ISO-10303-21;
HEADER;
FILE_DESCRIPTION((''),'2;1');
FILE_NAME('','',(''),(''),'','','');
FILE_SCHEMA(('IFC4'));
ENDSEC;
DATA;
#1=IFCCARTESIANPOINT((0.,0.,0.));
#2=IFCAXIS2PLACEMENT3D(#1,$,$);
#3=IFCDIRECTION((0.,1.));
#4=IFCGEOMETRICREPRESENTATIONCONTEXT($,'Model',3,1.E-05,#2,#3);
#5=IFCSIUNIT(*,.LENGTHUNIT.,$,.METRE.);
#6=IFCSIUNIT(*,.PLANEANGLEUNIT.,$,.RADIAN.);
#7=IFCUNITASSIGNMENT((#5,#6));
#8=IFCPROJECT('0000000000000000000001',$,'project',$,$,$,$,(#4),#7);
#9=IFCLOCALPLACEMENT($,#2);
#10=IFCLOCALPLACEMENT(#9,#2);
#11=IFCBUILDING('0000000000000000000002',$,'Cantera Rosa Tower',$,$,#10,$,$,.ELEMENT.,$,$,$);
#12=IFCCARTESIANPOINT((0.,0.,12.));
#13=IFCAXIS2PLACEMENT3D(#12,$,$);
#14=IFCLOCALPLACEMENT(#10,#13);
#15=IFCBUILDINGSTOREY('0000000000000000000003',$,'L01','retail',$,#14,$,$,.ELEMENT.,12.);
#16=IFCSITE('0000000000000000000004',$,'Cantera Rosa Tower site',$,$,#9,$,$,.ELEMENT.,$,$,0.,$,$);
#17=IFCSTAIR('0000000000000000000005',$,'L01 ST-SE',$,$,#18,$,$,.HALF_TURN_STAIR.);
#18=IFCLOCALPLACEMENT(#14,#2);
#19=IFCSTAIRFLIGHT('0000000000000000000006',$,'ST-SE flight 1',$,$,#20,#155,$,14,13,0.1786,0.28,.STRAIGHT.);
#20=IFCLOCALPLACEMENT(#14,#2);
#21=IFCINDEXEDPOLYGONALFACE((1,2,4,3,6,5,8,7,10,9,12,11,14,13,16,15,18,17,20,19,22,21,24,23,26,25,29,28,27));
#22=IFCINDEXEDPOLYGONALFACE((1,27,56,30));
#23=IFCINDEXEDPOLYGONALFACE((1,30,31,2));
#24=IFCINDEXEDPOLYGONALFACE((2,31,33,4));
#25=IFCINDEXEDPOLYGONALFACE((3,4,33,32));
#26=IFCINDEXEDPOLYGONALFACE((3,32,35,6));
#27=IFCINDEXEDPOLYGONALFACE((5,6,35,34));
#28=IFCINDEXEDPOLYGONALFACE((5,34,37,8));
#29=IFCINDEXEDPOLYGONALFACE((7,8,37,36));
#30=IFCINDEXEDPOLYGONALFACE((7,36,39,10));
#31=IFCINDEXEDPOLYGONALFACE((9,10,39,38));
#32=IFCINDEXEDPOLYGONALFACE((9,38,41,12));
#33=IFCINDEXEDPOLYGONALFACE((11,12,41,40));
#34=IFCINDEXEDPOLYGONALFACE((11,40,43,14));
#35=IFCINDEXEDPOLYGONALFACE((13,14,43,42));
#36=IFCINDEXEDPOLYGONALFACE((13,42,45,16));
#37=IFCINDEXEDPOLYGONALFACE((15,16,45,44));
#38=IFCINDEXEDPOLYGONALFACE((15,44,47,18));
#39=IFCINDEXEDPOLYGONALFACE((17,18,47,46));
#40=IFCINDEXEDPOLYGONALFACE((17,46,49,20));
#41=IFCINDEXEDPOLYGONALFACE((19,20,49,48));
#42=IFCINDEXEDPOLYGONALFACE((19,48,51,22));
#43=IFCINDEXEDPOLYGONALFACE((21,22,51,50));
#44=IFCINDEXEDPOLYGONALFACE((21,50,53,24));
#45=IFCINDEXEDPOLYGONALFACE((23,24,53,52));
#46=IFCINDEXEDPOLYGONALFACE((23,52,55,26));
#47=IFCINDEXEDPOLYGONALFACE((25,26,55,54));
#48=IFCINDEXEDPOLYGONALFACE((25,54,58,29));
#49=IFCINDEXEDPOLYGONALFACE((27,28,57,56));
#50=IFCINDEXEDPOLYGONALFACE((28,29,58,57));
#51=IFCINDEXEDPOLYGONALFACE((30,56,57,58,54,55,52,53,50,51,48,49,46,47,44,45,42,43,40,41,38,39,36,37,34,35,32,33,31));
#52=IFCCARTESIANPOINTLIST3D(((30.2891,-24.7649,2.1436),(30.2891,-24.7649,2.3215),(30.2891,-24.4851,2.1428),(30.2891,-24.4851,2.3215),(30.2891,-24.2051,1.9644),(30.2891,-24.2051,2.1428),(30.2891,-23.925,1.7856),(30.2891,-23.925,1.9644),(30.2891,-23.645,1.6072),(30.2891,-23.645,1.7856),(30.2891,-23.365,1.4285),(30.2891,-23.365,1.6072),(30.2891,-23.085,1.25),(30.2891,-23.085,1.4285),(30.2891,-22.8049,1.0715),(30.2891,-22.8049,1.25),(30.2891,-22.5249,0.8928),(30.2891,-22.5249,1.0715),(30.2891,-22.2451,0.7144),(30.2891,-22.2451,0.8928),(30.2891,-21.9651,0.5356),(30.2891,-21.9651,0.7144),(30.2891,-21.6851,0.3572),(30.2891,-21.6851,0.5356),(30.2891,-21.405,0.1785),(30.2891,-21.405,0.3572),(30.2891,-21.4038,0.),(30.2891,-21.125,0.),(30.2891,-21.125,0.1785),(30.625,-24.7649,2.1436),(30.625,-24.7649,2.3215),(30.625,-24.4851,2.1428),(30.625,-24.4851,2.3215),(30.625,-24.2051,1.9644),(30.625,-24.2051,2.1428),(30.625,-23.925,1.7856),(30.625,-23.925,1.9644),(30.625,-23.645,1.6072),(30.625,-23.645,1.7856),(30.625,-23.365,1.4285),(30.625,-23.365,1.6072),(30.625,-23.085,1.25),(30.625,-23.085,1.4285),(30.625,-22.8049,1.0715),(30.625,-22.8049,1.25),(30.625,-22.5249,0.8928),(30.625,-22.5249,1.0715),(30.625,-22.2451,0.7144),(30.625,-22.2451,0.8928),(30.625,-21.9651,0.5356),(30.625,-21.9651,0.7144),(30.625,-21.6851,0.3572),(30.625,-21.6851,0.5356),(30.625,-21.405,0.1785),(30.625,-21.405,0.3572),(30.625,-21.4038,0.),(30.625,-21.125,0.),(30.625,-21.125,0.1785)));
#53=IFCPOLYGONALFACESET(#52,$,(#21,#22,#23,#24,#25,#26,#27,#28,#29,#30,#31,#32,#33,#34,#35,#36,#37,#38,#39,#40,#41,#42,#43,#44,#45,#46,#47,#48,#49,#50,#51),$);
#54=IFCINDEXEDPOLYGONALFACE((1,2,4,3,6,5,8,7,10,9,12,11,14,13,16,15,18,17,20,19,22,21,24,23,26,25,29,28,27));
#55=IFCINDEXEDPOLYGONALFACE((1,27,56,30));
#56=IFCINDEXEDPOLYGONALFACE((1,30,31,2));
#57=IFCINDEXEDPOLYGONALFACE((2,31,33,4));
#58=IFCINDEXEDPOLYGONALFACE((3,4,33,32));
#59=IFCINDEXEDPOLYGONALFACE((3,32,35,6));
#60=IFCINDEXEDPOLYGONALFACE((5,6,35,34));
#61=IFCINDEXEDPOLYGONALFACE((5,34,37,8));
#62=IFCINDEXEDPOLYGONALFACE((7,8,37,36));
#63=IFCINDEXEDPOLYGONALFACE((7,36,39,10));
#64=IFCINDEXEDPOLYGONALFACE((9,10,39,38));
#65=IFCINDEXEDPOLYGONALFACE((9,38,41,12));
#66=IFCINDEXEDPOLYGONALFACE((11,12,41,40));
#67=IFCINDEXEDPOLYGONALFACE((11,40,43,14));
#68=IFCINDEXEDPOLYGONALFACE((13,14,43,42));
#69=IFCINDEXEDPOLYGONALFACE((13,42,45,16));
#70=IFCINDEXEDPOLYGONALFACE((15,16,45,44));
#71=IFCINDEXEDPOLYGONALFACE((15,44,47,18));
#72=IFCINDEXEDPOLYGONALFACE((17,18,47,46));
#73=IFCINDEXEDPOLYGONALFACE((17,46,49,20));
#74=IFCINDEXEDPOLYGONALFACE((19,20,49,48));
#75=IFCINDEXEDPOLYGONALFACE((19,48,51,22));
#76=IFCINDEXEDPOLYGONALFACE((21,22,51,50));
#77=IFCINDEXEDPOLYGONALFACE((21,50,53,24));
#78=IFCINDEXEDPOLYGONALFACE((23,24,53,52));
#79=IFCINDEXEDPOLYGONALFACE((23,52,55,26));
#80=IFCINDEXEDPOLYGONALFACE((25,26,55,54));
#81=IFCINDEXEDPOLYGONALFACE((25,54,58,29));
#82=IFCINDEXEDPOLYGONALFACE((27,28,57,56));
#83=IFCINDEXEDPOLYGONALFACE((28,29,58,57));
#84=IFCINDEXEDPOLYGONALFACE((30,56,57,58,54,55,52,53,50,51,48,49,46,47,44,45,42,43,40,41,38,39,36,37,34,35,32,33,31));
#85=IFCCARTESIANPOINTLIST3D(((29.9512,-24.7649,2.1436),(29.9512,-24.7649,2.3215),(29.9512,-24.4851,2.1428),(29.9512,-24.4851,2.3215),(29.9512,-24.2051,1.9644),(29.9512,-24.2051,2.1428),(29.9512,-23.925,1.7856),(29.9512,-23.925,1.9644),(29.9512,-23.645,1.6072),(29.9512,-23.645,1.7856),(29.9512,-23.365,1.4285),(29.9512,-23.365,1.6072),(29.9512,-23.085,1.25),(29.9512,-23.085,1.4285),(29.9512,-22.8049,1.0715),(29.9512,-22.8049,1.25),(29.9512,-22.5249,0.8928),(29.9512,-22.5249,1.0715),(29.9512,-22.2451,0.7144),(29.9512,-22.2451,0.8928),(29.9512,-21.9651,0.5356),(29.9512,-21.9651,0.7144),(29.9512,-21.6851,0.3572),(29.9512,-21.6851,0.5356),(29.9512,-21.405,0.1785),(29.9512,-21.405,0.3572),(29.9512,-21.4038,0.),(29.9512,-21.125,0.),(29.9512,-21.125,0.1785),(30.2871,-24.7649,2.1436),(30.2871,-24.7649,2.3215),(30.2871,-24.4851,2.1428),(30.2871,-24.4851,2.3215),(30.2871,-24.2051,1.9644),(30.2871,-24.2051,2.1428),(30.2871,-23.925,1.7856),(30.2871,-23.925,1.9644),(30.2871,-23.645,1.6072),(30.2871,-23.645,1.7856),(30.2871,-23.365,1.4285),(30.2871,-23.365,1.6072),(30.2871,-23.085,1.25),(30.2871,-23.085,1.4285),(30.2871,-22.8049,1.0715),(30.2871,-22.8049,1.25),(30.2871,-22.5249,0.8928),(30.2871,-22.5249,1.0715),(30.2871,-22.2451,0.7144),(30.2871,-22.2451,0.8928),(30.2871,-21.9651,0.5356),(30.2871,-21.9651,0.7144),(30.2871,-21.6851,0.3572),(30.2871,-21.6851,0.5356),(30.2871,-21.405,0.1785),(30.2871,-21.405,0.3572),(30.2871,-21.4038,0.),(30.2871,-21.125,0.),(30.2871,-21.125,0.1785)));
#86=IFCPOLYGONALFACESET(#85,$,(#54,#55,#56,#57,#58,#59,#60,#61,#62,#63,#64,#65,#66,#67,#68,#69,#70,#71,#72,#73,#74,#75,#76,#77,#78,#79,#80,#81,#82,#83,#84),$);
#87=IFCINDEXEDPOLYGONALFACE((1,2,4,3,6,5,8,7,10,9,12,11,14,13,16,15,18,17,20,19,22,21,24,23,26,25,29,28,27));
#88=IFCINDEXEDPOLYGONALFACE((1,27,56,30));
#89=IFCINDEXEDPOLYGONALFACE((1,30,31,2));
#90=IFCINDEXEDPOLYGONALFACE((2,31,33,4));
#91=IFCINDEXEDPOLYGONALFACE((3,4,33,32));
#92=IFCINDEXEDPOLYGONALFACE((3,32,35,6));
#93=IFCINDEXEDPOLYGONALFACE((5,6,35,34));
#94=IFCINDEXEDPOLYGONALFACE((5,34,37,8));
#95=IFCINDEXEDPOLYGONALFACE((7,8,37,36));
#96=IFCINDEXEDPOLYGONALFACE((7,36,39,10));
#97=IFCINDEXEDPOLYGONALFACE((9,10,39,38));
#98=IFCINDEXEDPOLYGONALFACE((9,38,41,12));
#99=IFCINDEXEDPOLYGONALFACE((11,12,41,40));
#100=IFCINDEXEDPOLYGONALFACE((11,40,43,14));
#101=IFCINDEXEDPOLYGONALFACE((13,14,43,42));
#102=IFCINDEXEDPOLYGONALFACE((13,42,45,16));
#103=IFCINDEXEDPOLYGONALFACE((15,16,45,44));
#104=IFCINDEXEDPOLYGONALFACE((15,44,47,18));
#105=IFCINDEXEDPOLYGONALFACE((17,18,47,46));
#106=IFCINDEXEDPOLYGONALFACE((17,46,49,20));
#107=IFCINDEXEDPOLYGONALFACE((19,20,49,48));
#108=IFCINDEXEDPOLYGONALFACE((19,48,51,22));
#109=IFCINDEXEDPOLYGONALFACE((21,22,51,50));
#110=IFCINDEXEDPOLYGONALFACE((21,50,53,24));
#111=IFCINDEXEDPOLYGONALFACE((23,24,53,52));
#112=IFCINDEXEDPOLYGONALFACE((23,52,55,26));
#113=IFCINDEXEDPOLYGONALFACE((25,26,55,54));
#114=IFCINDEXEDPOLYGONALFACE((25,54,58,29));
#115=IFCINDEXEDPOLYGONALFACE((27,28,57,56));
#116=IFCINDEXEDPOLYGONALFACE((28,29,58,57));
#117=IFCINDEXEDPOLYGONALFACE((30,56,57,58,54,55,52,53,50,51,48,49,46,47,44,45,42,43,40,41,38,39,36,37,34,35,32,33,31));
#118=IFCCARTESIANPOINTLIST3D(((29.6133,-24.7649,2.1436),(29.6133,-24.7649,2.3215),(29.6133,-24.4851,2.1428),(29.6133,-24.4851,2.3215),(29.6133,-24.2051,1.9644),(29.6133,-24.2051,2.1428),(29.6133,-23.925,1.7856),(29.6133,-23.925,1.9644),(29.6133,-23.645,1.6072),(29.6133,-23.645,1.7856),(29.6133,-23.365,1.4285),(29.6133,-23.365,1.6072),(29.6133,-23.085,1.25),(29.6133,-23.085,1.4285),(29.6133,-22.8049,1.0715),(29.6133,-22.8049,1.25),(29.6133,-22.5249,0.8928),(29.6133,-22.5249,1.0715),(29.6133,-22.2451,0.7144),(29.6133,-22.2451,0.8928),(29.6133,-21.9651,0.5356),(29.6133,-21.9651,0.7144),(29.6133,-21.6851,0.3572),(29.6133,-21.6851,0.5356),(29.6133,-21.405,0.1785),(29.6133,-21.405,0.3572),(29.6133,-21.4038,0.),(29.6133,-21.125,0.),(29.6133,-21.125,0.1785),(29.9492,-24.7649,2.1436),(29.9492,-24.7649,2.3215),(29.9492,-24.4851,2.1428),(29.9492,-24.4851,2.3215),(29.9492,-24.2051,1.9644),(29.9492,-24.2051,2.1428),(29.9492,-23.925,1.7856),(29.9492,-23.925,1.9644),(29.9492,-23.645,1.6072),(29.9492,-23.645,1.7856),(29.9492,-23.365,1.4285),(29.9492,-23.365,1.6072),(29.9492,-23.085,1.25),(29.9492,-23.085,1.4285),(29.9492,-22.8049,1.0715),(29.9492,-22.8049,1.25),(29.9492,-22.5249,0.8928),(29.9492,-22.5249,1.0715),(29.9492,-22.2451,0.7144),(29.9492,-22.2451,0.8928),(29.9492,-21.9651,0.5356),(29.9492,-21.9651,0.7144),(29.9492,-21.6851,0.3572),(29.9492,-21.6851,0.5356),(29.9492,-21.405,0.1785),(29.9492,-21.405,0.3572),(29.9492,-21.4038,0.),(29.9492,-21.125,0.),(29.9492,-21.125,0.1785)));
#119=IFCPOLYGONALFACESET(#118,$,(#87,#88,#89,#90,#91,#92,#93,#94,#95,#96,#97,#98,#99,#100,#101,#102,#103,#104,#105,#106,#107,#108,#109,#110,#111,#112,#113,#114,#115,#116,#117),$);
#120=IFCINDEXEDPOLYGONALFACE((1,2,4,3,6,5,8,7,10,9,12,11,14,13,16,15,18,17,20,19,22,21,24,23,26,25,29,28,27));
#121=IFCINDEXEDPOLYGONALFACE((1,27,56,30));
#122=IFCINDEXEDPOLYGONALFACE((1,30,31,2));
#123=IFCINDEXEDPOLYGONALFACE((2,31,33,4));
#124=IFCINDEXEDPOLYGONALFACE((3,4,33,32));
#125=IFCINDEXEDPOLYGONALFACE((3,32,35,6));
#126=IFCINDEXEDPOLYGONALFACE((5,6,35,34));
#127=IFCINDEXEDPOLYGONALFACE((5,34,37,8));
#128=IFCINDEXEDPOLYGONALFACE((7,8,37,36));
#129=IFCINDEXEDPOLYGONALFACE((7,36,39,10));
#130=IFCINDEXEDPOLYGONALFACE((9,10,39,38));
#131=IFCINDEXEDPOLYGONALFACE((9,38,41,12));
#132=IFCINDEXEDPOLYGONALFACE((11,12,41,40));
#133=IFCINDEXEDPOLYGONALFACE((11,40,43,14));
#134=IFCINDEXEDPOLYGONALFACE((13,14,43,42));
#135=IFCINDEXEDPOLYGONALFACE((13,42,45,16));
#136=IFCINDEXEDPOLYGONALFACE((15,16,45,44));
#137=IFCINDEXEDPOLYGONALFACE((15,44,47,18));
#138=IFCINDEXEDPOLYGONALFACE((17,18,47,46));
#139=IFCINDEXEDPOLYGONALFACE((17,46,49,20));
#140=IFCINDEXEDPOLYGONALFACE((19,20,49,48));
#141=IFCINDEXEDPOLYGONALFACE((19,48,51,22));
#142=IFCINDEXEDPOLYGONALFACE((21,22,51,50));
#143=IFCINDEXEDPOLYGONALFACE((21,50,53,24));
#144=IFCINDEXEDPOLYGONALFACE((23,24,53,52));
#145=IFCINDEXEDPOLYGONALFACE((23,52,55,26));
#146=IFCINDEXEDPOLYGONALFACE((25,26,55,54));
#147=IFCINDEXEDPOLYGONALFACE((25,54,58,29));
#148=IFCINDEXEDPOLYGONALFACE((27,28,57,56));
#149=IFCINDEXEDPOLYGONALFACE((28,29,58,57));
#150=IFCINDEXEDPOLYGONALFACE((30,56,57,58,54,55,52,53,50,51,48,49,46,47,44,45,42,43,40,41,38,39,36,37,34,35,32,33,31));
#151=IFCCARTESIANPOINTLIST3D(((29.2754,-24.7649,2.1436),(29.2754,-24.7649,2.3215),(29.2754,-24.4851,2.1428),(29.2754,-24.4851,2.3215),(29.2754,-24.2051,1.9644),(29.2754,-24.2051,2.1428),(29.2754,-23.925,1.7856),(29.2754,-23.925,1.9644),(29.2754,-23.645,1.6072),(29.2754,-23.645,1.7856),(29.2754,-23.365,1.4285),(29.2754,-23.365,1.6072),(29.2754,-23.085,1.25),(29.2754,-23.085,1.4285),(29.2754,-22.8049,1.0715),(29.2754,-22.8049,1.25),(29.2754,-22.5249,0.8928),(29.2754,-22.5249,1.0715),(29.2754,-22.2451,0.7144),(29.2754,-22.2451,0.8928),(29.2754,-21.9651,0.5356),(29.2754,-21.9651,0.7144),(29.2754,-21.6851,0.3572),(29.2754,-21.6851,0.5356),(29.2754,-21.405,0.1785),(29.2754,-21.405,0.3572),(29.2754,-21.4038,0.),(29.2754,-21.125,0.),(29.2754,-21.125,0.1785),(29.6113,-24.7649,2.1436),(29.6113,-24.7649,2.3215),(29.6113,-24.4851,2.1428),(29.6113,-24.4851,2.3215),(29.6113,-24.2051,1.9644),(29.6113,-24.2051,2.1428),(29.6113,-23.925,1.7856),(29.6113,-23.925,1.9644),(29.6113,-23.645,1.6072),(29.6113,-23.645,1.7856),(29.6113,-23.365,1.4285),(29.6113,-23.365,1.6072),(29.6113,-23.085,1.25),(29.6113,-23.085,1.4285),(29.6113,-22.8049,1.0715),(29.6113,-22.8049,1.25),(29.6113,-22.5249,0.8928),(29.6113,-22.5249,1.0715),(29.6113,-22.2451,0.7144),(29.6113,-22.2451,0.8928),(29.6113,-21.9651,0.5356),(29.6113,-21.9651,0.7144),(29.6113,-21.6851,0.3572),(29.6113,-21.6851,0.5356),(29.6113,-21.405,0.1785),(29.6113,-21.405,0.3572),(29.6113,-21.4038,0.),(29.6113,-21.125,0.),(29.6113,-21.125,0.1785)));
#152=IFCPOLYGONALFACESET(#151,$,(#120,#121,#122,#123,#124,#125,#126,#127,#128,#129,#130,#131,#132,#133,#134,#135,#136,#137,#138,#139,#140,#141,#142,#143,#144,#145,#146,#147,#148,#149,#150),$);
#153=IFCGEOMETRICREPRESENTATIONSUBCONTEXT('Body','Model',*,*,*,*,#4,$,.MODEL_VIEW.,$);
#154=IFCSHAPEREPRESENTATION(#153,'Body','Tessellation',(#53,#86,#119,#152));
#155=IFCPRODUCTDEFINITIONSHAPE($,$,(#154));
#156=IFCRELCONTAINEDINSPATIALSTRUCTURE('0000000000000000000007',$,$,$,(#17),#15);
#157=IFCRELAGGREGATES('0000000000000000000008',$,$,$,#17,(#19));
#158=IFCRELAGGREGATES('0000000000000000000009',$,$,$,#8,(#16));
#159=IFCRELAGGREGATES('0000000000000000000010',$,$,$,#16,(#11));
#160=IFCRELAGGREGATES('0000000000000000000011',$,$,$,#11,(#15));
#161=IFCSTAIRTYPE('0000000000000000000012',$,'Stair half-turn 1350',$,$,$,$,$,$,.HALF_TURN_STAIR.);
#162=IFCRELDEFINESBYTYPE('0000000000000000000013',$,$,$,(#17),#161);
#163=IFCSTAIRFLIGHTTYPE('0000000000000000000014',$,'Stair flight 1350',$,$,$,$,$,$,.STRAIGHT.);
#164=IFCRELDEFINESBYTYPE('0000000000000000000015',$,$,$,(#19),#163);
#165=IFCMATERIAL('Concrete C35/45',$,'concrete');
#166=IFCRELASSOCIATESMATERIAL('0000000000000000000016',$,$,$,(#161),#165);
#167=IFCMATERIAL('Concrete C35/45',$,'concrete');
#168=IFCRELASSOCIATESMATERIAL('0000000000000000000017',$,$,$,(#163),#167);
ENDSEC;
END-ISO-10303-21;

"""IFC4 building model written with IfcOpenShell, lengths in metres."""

from ifc_helpers import new_model, si_unit, direction, frame, origin, place, context, subcontext, project, spatial, polyline, outline, extrude, material, type_object, element, aggregate, save


model = new_model("IFC4")

# Units and contexts
model_context = context("Model", 3, precision=1e-05, world=origin(), true_north=direction((0.0, 1.0)))
body_context = subcontext(model_context, "Body", "Model", "MODEL_VIEW")
ifc_project = project(units=[si_unit("LENGTHUNIT", "METRE"), si_unit("PLANEANGLEUNIT", "RADIAN")], contexts=[model_context])

# Site, building, storey
site_placement = place(None, origin())
site = spatial("IfcSite", under=ifc_project, at=site_placement, Name="Cantera Rosa Tower site", CompositionType="ELEMENT", RefElevation=0.0)
building_placement = place(site_placement, origin())
building = spatial("IfcBuilding", under=site, at=building_placement, Name="Cantera Rosa Tower", CompositionType="ELEMENT")
storey_placement = place(building_placement, frame((0.0, 0.0, 12.0)))
storey = spatial("IfcBuildingStorey", under=building, at=storey_placement, Name="L01", Description="retail", CompositionType="ELEMENT", Elevation=12.0)

# Stair, stair flight
ifc_material_1 = material(Name="Concrete C35/45", Category="concrete")
stair_type = type_object("IfcStairType", Name="Stair half-turn 1350", PredefinedType="HALF_TURN_STAIR", material=ifc_material_1)
stair_placement = place(storey_placement, origin())
stair = element("IfcStair", 1, at=stair_placement, inside=storey, type_object=stair_type, Name="L01 ST-SE", PredefinedType="HALF_TURN_STAIR")
ifc_material_2 = material(Name="Concrete C35/45", Category="concrete")
stair_flight_type = type_object("IfcStairFlightType", Name="Stair flight 1350", PredefinedType="STRAIGHT", material=ifc_material_2)
stair_flight_1_placement = place(storey_placement, frame((29.95, -21.125, 0.0), z_axis=(0.0, 0.0, 1.0), x_axis=(0.0, -1.0, 0.0)))
stair_flight_1 = element("IfcStairFlight", 2, at=stair_flight_1_placement, type_object=stair_flight_type, Name="ST-SE flight 1", NumberOfRisers=14, NumberOfTreads=13, PredefinedType="STRAIGHT", RiserHeight=0.1786, TreadLength=0.28, context=body_context, shape_type="SweptSolid", body=[
    extrude(outline(polyline([(0.0, 0.0), (0.0, 0.1785), (0.28, 0.1785), (0.28, 0.3572), (0.5601, 0.3572), (0.5601, 0.5356), (0.8401, 0.5356), (0.8401, 0.7144), (1.1201, 0.7144), (1.1201, 0.8928), (1.3999, 0.8928), (1.3999, 1.0715), (1.6799, 1.0715), (1.6799, 1.25), (1.96, 1.25), (1.96, 1.4285), (2.24, 1.4285), (2.24, 1.6072), (2.52, 1.6072), (2.52, 1.7856), (2.8, 1.7856), (2.8, 1.9644), (3.0801, 1.9644), (3.0801, 2.1428), (3.3601, 2.1428), (3.3601, 2.3215), (3.6399, 2.3215), (3.6399, 2.5), (3.6399, 2.1436), (0.2788, 0.0), (0.0, 0.0)])), frame((0.0, 0.675, 0.0), z_axis=(0.0, -1.0, 0.0), x_axis=(1.0, 0.0, 0.0)), (0.0, 0.0, 1.0), 0.3359),
    extrude(outline(polyline([(0.0, 0.0), (0.0, 0.1785), (0.28, 0.1785), (0.28, 0.3572), (0.5601, 0.3572), (0.5601, 0.5356), (0.8401, 0.5356), (0.8401, 0.7144), (1.1201, 0.7144), (1.1201, 0.8928), (1.3999, 0.8928), (1.3999, 1.0715), (1.6799, 1.0715), (1.6799, 1.25), (1.96, 1.25), (1.96, 1.4285), (2.24, 1.4285), (2.24, 1.6072), (2.52, 1.6072), (2.52, 1.7856), (2.8, 1.7856), (2.8, 1.9644), (3.0801, 1.9644), (3.0801, 2.1428), (3.3601, 2.1428), (3.3601, 2.3215), (3.6399, 2.3215), (3.6399, 2.5), (3.6399, 2.1436), (0.2788, 0.0), (0.0, 0.0)])), frame((0.0, 0.3372, 0.0), z_axis=(0.0, -1.0, 0.0), x_axis=(1.0, 0.0, 0.0)), (0.0, 0.0, 1.0), 0.3359),
    extrude(outline(polyline([(0.0, 0.0), (0.0, 0.1785), (0.28, 0.1785), (0.28, 0.3572), (0.5601, 0.3572), (0.5601, 0.5356), (0.8401, 0.5356), (0.8401, 0.7144), (1.1201, 0.7144), (1.1201, 0.8928), (1.3999, 0.8928), (1.3999, 1.0715), (1.6799, 1.0715), (1.6799, 1.25), (1.96, 1.25), (1.96, 1.4285), (2.24, 1.4285), (2.24, 1.6072), (2.52, 1.6072), (2.52, 1.7856), (2.8, 1.7856), (2.8, 1.9644), (3.0801, 1.9644), (3.0801, 2.1428), (3.3601, 2.1428), (3.3601, 2.3215), (3.6399, 2.3215), (3.6399, 2.5), (3.6399, 2.1436), (0.2788, 0.0), (0.0, 0.0)])), frame((0.0, -0.0007, 0.0), z_axis=(0.0, -1.0, 0.0), x_axis=(1.0, 0.0, 0.0)), (0.0, 0.0, 1.0), 0.3359),
    extrude(outline(polyline([(0.0, 0.0), (0.0, 0.1785), (0.28, 0.1785), (0.28, 0.3572), (0.5601, 0.3572), (0.5601, 0.5356), (0.8401, 0.5356), (0.8401, 0.7144), (1.1201, 0.7144), (1.1201, 0.8928), (1.3999, 0.8928), (1.3999, 1.0715), (1.6799, 1.0715), (1.6799, 1.25), (1.96, 1.25), (1.96, 1.4285), (2.24, 1.4285), (2.24, 1.6072), (2.52, 1.6072), (2.52, 1.7856), (2.8, 1.7856), (2.8, 1.9644), (3.0801, 1.9644), (3.0801, 2.1428), (3.3601, 2.1428), (3.3601, 2.3215), (3.6399, 2.3215), (3.6399, 2.5), (3.6399, 2.1436), (0.2788, 0.0), (0.0, 0.0)])), frame((0.0, -0.3386, 0.0), z_axis=(0.0, -1.0, 0.0), x_axis=(1.0, 0.0, 0.0)), (0.0, 0.0, 1.0), 0.3359),
])
aggregate(stair, [stair_flight_1])

save(model, "model.ifc")
